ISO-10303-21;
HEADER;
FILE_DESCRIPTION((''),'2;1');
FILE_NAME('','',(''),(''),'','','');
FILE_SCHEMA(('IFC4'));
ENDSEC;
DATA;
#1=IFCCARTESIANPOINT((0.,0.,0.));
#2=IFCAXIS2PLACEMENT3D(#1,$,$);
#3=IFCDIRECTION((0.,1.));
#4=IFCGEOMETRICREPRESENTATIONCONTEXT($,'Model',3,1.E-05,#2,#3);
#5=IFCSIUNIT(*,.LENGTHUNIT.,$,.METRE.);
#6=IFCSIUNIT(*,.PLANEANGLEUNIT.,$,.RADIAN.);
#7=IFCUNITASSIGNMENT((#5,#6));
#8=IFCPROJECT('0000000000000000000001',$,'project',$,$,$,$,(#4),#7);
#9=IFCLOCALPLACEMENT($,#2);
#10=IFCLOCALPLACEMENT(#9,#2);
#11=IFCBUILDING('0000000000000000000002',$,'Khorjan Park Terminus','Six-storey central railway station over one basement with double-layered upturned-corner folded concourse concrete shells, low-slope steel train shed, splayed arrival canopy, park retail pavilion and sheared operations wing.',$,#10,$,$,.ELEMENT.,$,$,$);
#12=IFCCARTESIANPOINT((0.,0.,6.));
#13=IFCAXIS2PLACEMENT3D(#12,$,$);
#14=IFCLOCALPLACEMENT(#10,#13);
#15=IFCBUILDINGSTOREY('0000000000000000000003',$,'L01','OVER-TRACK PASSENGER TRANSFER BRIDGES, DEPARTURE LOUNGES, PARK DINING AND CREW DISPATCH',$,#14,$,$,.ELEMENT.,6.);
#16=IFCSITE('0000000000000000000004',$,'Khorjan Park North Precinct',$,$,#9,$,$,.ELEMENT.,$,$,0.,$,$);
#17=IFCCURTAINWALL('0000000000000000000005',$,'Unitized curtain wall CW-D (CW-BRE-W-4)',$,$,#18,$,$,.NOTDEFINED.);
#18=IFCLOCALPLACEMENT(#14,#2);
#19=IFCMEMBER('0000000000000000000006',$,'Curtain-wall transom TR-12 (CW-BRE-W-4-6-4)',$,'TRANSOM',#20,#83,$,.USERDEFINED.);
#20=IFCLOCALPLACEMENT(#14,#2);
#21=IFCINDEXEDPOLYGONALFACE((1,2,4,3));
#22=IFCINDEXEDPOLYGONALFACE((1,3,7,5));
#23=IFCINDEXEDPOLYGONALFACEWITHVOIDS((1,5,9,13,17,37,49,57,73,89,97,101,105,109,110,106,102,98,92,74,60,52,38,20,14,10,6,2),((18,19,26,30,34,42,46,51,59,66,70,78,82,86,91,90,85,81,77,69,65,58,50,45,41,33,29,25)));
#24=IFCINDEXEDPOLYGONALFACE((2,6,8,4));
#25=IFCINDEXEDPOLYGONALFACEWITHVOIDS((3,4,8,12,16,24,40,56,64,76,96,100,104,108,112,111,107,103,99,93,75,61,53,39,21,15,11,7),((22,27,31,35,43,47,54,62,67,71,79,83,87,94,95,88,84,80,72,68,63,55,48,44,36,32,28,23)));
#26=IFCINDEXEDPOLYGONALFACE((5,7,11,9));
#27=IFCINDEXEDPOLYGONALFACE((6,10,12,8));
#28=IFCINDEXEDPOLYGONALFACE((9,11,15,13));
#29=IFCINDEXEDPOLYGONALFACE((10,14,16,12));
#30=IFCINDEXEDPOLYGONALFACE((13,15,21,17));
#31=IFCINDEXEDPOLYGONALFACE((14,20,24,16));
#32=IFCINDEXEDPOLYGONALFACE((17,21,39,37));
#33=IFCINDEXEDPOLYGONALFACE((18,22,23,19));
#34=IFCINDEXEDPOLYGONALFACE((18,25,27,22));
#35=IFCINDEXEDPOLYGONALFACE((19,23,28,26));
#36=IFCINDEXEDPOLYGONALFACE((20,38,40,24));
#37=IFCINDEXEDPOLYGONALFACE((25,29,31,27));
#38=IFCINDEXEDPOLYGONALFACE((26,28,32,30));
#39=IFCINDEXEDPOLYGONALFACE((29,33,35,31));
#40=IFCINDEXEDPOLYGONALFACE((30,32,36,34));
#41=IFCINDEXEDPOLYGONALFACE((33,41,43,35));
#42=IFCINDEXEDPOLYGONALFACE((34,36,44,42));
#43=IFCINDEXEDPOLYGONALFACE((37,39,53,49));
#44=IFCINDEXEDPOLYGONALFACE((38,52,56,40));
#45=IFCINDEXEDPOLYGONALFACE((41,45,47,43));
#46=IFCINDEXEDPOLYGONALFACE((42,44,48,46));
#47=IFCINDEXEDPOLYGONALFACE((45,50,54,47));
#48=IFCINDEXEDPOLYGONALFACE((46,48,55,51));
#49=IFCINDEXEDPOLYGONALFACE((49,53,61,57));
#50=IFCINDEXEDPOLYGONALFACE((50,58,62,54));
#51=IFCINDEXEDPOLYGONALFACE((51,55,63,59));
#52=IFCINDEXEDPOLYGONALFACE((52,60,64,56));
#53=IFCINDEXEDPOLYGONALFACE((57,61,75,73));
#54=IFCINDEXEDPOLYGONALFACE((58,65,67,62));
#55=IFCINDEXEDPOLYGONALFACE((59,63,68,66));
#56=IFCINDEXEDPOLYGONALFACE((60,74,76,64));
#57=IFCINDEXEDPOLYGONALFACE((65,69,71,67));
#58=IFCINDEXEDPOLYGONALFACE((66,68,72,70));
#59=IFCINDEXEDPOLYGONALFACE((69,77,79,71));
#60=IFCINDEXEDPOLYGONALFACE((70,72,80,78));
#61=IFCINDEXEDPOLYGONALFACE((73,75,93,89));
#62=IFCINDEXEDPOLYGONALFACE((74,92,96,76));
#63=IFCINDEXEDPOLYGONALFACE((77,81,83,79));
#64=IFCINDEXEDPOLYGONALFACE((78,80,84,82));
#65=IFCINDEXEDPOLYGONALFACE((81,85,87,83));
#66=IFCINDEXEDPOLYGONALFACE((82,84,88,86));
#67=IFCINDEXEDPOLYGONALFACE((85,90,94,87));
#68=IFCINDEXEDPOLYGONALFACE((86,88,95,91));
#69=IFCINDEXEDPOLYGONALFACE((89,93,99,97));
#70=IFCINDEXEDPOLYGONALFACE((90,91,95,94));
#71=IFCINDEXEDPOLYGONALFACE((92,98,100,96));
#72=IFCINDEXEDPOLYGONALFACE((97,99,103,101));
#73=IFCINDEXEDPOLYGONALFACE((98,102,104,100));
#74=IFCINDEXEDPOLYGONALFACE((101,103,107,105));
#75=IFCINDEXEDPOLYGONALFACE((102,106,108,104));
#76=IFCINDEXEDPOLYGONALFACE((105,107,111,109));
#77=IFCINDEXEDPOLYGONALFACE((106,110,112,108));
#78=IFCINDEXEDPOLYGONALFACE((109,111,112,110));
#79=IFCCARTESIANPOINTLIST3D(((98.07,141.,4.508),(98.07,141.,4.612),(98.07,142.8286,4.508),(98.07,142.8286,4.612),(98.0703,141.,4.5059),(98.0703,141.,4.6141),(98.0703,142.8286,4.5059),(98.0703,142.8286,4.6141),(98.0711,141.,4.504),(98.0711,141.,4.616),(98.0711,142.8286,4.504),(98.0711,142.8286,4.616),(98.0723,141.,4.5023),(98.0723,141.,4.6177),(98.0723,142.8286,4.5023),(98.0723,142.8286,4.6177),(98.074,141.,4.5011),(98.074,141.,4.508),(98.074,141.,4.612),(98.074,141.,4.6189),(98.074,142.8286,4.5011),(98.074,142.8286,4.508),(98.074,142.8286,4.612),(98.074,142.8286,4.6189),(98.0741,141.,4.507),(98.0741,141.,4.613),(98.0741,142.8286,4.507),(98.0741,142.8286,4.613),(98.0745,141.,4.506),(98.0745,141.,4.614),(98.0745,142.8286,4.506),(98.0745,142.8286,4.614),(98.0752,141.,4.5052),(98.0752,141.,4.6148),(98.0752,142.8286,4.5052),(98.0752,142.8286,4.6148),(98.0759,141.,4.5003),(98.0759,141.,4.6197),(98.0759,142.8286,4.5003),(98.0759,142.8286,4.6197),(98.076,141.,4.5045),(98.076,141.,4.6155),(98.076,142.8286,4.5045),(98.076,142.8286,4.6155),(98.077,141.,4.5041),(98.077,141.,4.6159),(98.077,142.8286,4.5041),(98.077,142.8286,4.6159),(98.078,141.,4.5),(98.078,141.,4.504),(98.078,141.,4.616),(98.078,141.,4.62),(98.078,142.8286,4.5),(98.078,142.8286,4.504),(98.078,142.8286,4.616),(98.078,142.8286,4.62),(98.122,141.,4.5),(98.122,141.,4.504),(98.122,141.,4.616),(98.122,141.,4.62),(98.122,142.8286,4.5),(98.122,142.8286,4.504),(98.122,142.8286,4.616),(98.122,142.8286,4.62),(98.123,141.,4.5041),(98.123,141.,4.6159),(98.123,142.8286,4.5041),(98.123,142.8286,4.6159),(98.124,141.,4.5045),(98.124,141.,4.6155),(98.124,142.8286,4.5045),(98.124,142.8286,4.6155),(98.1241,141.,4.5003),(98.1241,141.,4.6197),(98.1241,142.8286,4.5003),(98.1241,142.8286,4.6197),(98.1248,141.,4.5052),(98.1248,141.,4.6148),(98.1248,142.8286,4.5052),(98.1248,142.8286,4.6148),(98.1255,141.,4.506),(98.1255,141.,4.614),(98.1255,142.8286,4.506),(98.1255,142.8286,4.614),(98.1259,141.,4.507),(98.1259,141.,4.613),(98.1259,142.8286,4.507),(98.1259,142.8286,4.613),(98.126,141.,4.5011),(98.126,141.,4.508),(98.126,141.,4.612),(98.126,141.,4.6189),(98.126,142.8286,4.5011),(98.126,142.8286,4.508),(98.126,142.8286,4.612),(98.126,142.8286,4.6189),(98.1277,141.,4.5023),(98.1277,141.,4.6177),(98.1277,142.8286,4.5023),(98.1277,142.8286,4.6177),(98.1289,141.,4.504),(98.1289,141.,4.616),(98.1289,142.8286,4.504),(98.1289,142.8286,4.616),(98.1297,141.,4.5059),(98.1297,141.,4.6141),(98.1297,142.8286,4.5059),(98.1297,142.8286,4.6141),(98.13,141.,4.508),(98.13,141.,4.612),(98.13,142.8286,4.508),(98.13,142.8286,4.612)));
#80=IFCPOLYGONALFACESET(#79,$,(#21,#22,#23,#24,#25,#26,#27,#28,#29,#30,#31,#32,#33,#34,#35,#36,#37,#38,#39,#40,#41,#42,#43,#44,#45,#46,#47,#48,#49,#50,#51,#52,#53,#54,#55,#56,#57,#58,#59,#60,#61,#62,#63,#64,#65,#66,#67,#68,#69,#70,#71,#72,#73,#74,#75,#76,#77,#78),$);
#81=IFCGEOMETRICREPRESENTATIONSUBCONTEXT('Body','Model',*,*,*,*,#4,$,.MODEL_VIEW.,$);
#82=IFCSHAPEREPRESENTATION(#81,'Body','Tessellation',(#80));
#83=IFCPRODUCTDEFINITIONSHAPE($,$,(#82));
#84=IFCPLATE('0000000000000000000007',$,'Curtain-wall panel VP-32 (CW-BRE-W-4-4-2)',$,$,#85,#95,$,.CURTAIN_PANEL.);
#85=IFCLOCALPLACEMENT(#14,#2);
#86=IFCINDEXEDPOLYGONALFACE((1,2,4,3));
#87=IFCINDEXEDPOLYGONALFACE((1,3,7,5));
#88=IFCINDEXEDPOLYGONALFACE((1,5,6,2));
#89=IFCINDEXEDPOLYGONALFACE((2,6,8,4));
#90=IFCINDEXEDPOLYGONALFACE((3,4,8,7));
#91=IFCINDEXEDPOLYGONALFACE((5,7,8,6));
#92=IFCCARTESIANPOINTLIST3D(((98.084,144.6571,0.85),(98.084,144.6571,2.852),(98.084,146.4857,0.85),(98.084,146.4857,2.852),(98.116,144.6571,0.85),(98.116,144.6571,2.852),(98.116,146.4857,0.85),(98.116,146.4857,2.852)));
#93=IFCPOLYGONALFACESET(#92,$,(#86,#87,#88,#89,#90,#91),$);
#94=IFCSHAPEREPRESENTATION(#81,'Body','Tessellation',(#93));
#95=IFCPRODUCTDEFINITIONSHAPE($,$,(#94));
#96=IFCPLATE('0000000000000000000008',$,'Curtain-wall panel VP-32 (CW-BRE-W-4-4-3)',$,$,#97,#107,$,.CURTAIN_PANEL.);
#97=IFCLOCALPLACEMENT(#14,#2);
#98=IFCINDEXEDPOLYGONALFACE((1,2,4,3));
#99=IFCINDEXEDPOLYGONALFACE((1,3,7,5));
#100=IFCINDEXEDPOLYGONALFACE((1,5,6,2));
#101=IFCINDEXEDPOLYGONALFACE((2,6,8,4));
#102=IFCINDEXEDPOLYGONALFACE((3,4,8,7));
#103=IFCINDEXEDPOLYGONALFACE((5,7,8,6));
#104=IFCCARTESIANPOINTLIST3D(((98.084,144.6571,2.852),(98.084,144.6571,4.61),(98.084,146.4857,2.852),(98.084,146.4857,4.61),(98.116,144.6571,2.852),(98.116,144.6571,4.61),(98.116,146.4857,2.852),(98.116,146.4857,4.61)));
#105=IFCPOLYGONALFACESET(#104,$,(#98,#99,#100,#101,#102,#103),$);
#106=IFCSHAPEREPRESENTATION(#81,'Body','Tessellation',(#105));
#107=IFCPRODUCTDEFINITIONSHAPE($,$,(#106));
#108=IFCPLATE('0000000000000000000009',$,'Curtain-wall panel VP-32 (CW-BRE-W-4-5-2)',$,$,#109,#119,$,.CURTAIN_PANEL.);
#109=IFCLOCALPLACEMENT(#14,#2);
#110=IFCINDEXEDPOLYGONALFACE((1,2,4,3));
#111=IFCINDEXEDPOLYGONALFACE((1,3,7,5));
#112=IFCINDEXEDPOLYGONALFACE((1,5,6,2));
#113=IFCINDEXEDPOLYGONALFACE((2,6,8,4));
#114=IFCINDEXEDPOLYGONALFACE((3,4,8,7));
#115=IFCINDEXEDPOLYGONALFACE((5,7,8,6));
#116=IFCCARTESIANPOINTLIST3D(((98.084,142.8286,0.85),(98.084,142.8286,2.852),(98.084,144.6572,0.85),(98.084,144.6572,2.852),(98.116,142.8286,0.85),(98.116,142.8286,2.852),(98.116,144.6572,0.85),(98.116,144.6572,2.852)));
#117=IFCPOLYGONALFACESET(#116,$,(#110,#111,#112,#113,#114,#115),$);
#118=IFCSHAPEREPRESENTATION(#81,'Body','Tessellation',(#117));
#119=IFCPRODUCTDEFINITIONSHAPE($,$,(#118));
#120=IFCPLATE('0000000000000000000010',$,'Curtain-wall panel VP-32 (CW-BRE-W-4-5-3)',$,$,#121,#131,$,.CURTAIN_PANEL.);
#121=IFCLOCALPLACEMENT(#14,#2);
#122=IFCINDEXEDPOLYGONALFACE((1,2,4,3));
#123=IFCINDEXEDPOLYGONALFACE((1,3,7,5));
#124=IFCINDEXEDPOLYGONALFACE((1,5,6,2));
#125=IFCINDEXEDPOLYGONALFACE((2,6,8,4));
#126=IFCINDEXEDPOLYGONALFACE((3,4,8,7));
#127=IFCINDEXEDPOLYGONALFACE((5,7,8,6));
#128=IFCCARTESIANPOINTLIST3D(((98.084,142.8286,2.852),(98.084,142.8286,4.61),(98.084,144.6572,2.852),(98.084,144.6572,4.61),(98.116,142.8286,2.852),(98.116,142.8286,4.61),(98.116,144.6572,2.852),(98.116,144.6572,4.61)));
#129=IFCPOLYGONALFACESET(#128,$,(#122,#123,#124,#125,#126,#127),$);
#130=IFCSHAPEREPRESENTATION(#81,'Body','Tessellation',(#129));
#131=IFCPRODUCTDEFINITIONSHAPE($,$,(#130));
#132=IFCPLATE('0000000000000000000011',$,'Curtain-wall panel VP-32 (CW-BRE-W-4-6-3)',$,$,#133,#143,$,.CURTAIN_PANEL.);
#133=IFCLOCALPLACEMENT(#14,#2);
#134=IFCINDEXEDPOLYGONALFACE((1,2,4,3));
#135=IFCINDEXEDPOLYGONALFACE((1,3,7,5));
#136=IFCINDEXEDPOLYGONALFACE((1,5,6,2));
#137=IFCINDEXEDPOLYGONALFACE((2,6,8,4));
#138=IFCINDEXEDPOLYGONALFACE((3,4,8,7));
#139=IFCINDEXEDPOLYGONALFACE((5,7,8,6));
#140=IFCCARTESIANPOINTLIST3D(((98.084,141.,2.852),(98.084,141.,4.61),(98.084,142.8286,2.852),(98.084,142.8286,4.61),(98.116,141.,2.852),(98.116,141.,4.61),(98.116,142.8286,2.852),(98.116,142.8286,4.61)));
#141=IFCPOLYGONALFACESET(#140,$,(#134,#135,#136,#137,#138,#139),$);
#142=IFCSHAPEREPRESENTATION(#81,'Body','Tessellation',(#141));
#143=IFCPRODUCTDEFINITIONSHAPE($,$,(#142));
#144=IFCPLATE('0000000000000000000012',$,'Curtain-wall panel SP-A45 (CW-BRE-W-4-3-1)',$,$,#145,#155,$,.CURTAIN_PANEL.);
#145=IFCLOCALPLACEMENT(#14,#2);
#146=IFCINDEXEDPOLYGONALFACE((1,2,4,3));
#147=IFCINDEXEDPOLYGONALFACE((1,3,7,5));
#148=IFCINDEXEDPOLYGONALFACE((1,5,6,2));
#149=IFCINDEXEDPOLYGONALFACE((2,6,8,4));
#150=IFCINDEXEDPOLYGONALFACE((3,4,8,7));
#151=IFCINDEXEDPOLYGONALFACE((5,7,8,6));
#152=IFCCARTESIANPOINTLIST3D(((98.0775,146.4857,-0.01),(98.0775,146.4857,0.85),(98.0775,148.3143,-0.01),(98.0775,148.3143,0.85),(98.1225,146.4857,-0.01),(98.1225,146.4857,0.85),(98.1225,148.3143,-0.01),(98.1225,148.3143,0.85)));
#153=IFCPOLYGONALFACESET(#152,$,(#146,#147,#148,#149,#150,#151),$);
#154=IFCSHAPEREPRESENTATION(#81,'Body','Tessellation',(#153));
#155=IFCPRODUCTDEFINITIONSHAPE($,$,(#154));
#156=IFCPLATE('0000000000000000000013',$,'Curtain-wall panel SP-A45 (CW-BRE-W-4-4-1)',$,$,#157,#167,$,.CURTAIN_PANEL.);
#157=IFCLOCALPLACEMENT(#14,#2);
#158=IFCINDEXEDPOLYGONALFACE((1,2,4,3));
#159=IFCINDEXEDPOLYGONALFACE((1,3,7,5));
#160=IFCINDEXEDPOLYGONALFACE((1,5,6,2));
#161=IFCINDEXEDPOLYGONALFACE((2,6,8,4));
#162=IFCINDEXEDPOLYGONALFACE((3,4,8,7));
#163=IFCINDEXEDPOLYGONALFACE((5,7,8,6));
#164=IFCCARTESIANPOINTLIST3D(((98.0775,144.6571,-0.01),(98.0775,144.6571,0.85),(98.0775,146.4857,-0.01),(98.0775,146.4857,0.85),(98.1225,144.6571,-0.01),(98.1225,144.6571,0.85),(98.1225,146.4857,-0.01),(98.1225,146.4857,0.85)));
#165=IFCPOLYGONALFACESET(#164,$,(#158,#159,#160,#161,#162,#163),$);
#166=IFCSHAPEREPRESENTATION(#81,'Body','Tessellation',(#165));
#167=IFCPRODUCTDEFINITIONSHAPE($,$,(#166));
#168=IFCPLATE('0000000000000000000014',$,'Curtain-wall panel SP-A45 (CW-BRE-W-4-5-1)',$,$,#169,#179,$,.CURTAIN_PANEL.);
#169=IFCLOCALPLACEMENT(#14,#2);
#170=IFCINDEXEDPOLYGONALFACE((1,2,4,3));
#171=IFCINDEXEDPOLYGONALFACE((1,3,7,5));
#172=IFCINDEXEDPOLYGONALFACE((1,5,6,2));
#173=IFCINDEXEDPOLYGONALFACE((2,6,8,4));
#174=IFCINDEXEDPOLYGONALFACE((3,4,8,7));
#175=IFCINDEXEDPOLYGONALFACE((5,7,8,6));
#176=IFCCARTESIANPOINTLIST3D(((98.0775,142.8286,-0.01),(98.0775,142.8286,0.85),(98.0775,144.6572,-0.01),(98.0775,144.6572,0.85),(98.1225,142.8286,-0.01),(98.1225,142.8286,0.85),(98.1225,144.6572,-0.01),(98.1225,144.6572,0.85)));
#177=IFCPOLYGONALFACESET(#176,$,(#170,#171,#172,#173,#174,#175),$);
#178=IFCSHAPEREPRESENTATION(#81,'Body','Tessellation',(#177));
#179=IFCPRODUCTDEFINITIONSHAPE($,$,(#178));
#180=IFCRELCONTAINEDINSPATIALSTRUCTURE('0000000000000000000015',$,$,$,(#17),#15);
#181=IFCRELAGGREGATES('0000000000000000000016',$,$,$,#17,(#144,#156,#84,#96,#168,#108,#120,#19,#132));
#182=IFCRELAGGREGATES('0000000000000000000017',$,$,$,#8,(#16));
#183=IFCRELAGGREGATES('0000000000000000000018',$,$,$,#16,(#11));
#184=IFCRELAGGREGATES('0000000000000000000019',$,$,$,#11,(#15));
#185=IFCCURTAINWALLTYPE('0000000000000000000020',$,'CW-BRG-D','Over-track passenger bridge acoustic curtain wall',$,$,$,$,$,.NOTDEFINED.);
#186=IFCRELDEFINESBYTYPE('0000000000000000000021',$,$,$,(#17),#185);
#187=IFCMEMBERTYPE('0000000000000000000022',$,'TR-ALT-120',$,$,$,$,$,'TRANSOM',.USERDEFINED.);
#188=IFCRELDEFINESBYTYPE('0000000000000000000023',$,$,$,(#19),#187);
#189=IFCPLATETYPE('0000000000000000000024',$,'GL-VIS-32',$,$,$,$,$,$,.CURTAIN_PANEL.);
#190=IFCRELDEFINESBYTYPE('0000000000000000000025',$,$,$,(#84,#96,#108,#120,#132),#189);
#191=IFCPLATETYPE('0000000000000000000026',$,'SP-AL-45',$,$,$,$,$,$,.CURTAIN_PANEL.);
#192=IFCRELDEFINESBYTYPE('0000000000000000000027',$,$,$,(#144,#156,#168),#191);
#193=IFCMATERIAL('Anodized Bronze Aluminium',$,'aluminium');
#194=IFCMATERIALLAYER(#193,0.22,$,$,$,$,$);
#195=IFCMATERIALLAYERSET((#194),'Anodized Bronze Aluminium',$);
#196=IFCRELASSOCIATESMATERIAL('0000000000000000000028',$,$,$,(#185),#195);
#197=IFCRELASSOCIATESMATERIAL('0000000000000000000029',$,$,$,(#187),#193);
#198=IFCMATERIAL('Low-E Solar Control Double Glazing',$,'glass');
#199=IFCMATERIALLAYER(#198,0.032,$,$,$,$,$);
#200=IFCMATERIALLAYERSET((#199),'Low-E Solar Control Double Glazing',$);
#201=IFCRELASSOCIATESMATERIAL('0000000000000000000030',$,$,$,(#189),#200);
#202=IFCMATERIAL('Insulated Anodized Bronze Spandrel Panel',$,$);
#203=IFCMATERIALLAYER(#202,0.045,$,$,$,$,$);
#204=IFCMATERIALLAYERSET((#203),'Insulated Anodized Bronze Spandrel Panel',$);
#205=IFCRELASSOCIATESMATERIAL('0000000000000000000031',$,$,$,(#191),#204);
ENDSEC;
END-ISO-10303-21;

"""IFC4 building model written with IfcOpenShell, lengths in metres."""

from ifc_helpers import new_model, si_unit, direction, frame, origin, origin_2d, place, context, subcontext, project, spatial, rectangle, hollow_rectangle, extrude, material, layer, layer_set, material_profile, profile_set, type_object, element, aggregate, save


model = new_model("IFC4")

# Units and contexts
model_context = context("Model", 3, precision=1e-05, world=origin(), true_north=direction((0.0, 1.0)))
body_context = subcontext(model_context, "Body", "Model", "MODEL_VIEW")
ifc_project = project(units=[si_unit("LENGTHUNIT", "METRE"), si_unit("PLANEANGLEUNIT", "RADIAN")], contexts=[model_context])

# Site, building, storey
site_placement = place(None, origin())
site = spatial("IfcSite", under=ifc_project, at=site_placement, Name="Khorjan Park North Precinct", CompositionType="ELEMENT", RefElevation=0.0)
building_placement = place(site_placement, origin())
building = spatial("IfcBuilding", under=site, at=building_placement, Name="Khorjan Park Terminus", Description="Six-storey central railway station over one basement with double-layered upturned-corner folded concourse concrete shells, low-slope steel train shed, splayed arrival canopy, park retail pavilion and sheared operations wing.", CompositionType="ELEMENT")
storey_placement = place(building_placement, frame((0.0, 0.0, 6.0)))
storey = spatial("IfcBuildingStorey", under=building, at=storey_placement, Name="L01", Description="OVER-TRACK PASSENGER TRANSFER BRIDGES, DEPARTURE LOUNGES, PARK DINING AND CREW DISPATCH", CompositionType="ELEMENT", Elevation=6.0)

# Curtain wall, member, plates
ifc_material_1 = material(Name="Anodized Bronze Aluminium", Category="aluminium")
ifc_layer_1 = layer(ifc_material_1, 0.22)
ifc_layer_set_1 = layer_set([ifc_layer_1], Name="Anodized Bronze Aluminium")
curtain_wall_type = type_object("IfcCurtainWallType", Name="CW-BRG-D", Description="Over-track passenger bridge acoustic curtain wall", PredefinedType="NOTDEFINED", material=ifc_layer_set_1)
curtain_wall_placement = place(storey_placement, origin())
curtain_wall = element("IfcCurtainWall", 1, at=curtain_wall_placement, inside=storey, type_object=curtain_wall_type, Name="Unitized curtain wall CW-D (CW-BRE-W-4)", PredefinedType="NOTDEFINED")
ifc_material_profile_1 = material_profile(ifc_material_1, hollow_rectangle(XDim=0.06, YDim=0.12, WallThickness=0.004, InnerFilletRadius=0.004, OuterFilletRadius=0.008, at=origin_2d()), Name="ALT 60x120x4")
ifc_profile_set_1 = profile_set([ifc_material_profile_1], Name="Anodized Bronze Aluminium")
member_type_1 = type_object("IfcMemberType", Name="TR-ALT-120", ElementType="TRANSOM", PredefinedType="USERDEFINED", material=ifc_profile_set_1)
member_1_placement = place(storey_placement, frame((98.1, 142.8286, 4.56), z_axis=(0.0, -1.0, 0.0), x_axis=(1.0, 0.0, 0.0)))
member_1 = element("IfcMember", 2, at=member_1_placement, type_object=member_type_1, Name="Curtain-wall transom TR-12 (CW-BRE-W-4-6-4)", ObjectType="TRANSOM", PredefinedType="USERDEFINED", context=body_context, shape_type="SweptSolid", body=[
    extrude(hollow_rectangle(XDim=0.06, YDim=0.12, WallThickness=0.004, InnerFilletRadius=0.004, OuterFilletRadius=0.008, at=origin_2d()), origin(), (0.0, 0.0, 1.0), 1.8286),
])
ifc_material_2 = material(Name="Low-E Solar Control Double Glazing", Category="glass")
ifc_layer_2 = layer(ifc_material_2, 0.032)
ifc_layer_set_2 = layer_set([ifc_layer_2], Name="Low-E Solar Control Double Glazing")
plate_type_1 = type_object("IfcPlateType", Name="GL-VIS-32", PredefinedType="CURTAIN_PANEL", material=ifc_layer_set_2)
plate_1_placement = place(storey_placement, frame((98.1, 145.5714, 0.85), z_axis=(0.0, 0.0, 1.0), x_axis=(0.0, -1.0, 0.0)))
plate_1 = element("IfcPlate", 3, at=plate_1_placement, type_object=plate_type_1, Name="Curtain-wall panel VP-32 (CW-BRE-W-4-4-2)", PredefinedType="CURTAIN_PANEL", context=body_context, shape_type="SweptSolid", body=[
    extrude(rectangle(XDim=1.8286, YDim=0.032, at=origin_2d()), origin(), (0.0, 0.0, 1.0), 2.002),
])
plate_2_placement = place(storey_placement, frame((98.1, 145.5714, 2.852), z_axis=(0.0, 0.0, 1.0), x_axis=(0.0, -1.0, 0.0)))
plate_2 = element("IfcPlate", 4, at=plate_2_placement, type_object=plate_type_1, Name="Curtain-wall panel VP-32 (CW-BRE-W-4-4-3)", PredefinedType="CURTAIN_PANEL", context=body_context, shape_type="SweptSolid", body=[
    extrude(rectangle(XDim=1.8286, YDim=0.032, at=origin_2d()), origin(), (0.0, 0.0, 1.0), 1.758),
])
plate_3_placement = place(storey_placement, frame((98.1, 143.7429, 0.85), z_axis=(0.0, 0.0, 1.0), x_axis=(0.0, -1.0, 0.0)))
plate_3 = element("IfcPlate", 5, at=plate_3_placement, type_object=plate_type_1, Name="Curtain-wall panel VP-32 (CW-BRE-W-4-5-2)", PredefinedType="CURTAIN_PANEL", context=body_context, shape_type="SweptSolid", body=[
    extrude(rectangle(XDim=1.8286, YDim=0.032, at=origin_2d()), origin(), (0.0, 0.0, 1.0), 2.002),
])
plate_4_placement = place(storey_placement, frame((98.1, 143.7429, 2.852), z_axis=(0.0, 0.0, 1.0), x_axis=(0.0, -1.0, 0.0)))
plate_4 = element("IfcPlate", 6, at=plate_4_placement, type_object=plate_type_1, Name="Curtain-wall panel VP-32 (CW-BRE-W-4-5-3)", PredefinedType="CURTAIN_PANEL", context=body_context, shape_type="SweptSolid", body=[
    extrude(rectangle(XDim=1.8286, YDim=0.032, at=origin_2d()), origin(), (0.0, 0.0, 1.0), 1.758),
])
plate_5_placement = place(storey_placement, frame((98.1, 141.9143, 2.852), z_axis=(0.0, 0.0, 1.0), x_axis=(0.0, -1.0, 0.0)))
plate_5 = element("IfcPlate", 7, at=plate_5_placement, type_object=plate_type_1, Name="Curtain-wall panel VP-32 (CW-BRE-W-4-6-3)", PredefinedType="CURTAIN_PANEL", context=body_context, shape_type="SweptSolid", body=[
    extrude(rectangle(XDim=1.8286, YDim=0.032, at=origin_2d()), origin(), (0.0, 0.0, 1.0), 1.758),
])
ifc_material_3 = material(Name="Insulated Anodized Bronze Spandrel Panel")
ifc_layer_3 = layer(ifc_material_3, 0.045)
ifc_layer_set_3 = layer_set([ifc_layer_3], Name="Insulated Anodized Bronze Spandrel Panel")
plate_type_2 = type_object("IfcPlateType", Name="SP-AL-45", PredefinedType="CURTAIN_PANEL", material=ifc_layer_set_3)
plate_6_placement = place(storey_placement, frame((98.1, 147.4, -0.01), z_axis=(0.0, 0.0, 1.0), x_axis=(0.0, -1.0, 0.0)))
plate_6 = element("IfcPlate", 8, at=plate_6_placement, type_object=plate_type_2, Name="Curtain-wall panel SP-A45 (CW-BRE-W-4-3-1)", PredefinedType="CURTAIN_PANEL", context=body_context, shape_type="SweptSolid", body=[
    extrude(rectangle(XDim=1.8286, YDim=0.045, at=origin_2d()), origin(), (0.0, 0.0, 1.0), 0.86),
])
plate_7_placement = place(storey_placement, frame((98.1, 145.5714, -0.01), z_axis=(0.0, 0.0, 1.0), x_axis=(0.0, -1.0, 0.0)))
plate_7 = element("IfcPlate", 9, at=plate_7_placement, type_object=plate_type_2, Name="Curtain-wall panel SP-A45 (CW-BRE-W-4-4-1)", PredefinedType="CURTAIN_PANEL", context=body_context, shape_type="SweptSolid", body=[
    extrude(rectangle(XDim=1.8286, YDim=0.045, at=origin_2d()), origin(), (0.0, 0.0, 1.0), 0.86),
])
plate_8_placement = place(storey_placement, frame((98.1, 143.7429, -0.01), z_axis=(0.0, 0.0, 1.0), x_axis=(0.0, -1.0, 0.0)))
plate_8 = element("IfcPlate", 10, at=plate_8_placement, type_object=plate_type_2, Name="Curtain-wall panel SP-A45 (CW-BRE-W-4-5-1)", PredefinedType="CURTAIN_PANEL", context=body_context, shape_type="SweptSolid", body=[
    extrude(rectangle(XDim=1.8286, YDim=0.045, at=origin_2d()), origin(), (0.0, 0.0, 1.0), 0.86),
])
aggregate(curtain_wall, [plate_6, plate_7, plate_1, plate_2, plate_8, plate_3, plate_4, member_1, plate_5])

save(model, "model.ifc")
